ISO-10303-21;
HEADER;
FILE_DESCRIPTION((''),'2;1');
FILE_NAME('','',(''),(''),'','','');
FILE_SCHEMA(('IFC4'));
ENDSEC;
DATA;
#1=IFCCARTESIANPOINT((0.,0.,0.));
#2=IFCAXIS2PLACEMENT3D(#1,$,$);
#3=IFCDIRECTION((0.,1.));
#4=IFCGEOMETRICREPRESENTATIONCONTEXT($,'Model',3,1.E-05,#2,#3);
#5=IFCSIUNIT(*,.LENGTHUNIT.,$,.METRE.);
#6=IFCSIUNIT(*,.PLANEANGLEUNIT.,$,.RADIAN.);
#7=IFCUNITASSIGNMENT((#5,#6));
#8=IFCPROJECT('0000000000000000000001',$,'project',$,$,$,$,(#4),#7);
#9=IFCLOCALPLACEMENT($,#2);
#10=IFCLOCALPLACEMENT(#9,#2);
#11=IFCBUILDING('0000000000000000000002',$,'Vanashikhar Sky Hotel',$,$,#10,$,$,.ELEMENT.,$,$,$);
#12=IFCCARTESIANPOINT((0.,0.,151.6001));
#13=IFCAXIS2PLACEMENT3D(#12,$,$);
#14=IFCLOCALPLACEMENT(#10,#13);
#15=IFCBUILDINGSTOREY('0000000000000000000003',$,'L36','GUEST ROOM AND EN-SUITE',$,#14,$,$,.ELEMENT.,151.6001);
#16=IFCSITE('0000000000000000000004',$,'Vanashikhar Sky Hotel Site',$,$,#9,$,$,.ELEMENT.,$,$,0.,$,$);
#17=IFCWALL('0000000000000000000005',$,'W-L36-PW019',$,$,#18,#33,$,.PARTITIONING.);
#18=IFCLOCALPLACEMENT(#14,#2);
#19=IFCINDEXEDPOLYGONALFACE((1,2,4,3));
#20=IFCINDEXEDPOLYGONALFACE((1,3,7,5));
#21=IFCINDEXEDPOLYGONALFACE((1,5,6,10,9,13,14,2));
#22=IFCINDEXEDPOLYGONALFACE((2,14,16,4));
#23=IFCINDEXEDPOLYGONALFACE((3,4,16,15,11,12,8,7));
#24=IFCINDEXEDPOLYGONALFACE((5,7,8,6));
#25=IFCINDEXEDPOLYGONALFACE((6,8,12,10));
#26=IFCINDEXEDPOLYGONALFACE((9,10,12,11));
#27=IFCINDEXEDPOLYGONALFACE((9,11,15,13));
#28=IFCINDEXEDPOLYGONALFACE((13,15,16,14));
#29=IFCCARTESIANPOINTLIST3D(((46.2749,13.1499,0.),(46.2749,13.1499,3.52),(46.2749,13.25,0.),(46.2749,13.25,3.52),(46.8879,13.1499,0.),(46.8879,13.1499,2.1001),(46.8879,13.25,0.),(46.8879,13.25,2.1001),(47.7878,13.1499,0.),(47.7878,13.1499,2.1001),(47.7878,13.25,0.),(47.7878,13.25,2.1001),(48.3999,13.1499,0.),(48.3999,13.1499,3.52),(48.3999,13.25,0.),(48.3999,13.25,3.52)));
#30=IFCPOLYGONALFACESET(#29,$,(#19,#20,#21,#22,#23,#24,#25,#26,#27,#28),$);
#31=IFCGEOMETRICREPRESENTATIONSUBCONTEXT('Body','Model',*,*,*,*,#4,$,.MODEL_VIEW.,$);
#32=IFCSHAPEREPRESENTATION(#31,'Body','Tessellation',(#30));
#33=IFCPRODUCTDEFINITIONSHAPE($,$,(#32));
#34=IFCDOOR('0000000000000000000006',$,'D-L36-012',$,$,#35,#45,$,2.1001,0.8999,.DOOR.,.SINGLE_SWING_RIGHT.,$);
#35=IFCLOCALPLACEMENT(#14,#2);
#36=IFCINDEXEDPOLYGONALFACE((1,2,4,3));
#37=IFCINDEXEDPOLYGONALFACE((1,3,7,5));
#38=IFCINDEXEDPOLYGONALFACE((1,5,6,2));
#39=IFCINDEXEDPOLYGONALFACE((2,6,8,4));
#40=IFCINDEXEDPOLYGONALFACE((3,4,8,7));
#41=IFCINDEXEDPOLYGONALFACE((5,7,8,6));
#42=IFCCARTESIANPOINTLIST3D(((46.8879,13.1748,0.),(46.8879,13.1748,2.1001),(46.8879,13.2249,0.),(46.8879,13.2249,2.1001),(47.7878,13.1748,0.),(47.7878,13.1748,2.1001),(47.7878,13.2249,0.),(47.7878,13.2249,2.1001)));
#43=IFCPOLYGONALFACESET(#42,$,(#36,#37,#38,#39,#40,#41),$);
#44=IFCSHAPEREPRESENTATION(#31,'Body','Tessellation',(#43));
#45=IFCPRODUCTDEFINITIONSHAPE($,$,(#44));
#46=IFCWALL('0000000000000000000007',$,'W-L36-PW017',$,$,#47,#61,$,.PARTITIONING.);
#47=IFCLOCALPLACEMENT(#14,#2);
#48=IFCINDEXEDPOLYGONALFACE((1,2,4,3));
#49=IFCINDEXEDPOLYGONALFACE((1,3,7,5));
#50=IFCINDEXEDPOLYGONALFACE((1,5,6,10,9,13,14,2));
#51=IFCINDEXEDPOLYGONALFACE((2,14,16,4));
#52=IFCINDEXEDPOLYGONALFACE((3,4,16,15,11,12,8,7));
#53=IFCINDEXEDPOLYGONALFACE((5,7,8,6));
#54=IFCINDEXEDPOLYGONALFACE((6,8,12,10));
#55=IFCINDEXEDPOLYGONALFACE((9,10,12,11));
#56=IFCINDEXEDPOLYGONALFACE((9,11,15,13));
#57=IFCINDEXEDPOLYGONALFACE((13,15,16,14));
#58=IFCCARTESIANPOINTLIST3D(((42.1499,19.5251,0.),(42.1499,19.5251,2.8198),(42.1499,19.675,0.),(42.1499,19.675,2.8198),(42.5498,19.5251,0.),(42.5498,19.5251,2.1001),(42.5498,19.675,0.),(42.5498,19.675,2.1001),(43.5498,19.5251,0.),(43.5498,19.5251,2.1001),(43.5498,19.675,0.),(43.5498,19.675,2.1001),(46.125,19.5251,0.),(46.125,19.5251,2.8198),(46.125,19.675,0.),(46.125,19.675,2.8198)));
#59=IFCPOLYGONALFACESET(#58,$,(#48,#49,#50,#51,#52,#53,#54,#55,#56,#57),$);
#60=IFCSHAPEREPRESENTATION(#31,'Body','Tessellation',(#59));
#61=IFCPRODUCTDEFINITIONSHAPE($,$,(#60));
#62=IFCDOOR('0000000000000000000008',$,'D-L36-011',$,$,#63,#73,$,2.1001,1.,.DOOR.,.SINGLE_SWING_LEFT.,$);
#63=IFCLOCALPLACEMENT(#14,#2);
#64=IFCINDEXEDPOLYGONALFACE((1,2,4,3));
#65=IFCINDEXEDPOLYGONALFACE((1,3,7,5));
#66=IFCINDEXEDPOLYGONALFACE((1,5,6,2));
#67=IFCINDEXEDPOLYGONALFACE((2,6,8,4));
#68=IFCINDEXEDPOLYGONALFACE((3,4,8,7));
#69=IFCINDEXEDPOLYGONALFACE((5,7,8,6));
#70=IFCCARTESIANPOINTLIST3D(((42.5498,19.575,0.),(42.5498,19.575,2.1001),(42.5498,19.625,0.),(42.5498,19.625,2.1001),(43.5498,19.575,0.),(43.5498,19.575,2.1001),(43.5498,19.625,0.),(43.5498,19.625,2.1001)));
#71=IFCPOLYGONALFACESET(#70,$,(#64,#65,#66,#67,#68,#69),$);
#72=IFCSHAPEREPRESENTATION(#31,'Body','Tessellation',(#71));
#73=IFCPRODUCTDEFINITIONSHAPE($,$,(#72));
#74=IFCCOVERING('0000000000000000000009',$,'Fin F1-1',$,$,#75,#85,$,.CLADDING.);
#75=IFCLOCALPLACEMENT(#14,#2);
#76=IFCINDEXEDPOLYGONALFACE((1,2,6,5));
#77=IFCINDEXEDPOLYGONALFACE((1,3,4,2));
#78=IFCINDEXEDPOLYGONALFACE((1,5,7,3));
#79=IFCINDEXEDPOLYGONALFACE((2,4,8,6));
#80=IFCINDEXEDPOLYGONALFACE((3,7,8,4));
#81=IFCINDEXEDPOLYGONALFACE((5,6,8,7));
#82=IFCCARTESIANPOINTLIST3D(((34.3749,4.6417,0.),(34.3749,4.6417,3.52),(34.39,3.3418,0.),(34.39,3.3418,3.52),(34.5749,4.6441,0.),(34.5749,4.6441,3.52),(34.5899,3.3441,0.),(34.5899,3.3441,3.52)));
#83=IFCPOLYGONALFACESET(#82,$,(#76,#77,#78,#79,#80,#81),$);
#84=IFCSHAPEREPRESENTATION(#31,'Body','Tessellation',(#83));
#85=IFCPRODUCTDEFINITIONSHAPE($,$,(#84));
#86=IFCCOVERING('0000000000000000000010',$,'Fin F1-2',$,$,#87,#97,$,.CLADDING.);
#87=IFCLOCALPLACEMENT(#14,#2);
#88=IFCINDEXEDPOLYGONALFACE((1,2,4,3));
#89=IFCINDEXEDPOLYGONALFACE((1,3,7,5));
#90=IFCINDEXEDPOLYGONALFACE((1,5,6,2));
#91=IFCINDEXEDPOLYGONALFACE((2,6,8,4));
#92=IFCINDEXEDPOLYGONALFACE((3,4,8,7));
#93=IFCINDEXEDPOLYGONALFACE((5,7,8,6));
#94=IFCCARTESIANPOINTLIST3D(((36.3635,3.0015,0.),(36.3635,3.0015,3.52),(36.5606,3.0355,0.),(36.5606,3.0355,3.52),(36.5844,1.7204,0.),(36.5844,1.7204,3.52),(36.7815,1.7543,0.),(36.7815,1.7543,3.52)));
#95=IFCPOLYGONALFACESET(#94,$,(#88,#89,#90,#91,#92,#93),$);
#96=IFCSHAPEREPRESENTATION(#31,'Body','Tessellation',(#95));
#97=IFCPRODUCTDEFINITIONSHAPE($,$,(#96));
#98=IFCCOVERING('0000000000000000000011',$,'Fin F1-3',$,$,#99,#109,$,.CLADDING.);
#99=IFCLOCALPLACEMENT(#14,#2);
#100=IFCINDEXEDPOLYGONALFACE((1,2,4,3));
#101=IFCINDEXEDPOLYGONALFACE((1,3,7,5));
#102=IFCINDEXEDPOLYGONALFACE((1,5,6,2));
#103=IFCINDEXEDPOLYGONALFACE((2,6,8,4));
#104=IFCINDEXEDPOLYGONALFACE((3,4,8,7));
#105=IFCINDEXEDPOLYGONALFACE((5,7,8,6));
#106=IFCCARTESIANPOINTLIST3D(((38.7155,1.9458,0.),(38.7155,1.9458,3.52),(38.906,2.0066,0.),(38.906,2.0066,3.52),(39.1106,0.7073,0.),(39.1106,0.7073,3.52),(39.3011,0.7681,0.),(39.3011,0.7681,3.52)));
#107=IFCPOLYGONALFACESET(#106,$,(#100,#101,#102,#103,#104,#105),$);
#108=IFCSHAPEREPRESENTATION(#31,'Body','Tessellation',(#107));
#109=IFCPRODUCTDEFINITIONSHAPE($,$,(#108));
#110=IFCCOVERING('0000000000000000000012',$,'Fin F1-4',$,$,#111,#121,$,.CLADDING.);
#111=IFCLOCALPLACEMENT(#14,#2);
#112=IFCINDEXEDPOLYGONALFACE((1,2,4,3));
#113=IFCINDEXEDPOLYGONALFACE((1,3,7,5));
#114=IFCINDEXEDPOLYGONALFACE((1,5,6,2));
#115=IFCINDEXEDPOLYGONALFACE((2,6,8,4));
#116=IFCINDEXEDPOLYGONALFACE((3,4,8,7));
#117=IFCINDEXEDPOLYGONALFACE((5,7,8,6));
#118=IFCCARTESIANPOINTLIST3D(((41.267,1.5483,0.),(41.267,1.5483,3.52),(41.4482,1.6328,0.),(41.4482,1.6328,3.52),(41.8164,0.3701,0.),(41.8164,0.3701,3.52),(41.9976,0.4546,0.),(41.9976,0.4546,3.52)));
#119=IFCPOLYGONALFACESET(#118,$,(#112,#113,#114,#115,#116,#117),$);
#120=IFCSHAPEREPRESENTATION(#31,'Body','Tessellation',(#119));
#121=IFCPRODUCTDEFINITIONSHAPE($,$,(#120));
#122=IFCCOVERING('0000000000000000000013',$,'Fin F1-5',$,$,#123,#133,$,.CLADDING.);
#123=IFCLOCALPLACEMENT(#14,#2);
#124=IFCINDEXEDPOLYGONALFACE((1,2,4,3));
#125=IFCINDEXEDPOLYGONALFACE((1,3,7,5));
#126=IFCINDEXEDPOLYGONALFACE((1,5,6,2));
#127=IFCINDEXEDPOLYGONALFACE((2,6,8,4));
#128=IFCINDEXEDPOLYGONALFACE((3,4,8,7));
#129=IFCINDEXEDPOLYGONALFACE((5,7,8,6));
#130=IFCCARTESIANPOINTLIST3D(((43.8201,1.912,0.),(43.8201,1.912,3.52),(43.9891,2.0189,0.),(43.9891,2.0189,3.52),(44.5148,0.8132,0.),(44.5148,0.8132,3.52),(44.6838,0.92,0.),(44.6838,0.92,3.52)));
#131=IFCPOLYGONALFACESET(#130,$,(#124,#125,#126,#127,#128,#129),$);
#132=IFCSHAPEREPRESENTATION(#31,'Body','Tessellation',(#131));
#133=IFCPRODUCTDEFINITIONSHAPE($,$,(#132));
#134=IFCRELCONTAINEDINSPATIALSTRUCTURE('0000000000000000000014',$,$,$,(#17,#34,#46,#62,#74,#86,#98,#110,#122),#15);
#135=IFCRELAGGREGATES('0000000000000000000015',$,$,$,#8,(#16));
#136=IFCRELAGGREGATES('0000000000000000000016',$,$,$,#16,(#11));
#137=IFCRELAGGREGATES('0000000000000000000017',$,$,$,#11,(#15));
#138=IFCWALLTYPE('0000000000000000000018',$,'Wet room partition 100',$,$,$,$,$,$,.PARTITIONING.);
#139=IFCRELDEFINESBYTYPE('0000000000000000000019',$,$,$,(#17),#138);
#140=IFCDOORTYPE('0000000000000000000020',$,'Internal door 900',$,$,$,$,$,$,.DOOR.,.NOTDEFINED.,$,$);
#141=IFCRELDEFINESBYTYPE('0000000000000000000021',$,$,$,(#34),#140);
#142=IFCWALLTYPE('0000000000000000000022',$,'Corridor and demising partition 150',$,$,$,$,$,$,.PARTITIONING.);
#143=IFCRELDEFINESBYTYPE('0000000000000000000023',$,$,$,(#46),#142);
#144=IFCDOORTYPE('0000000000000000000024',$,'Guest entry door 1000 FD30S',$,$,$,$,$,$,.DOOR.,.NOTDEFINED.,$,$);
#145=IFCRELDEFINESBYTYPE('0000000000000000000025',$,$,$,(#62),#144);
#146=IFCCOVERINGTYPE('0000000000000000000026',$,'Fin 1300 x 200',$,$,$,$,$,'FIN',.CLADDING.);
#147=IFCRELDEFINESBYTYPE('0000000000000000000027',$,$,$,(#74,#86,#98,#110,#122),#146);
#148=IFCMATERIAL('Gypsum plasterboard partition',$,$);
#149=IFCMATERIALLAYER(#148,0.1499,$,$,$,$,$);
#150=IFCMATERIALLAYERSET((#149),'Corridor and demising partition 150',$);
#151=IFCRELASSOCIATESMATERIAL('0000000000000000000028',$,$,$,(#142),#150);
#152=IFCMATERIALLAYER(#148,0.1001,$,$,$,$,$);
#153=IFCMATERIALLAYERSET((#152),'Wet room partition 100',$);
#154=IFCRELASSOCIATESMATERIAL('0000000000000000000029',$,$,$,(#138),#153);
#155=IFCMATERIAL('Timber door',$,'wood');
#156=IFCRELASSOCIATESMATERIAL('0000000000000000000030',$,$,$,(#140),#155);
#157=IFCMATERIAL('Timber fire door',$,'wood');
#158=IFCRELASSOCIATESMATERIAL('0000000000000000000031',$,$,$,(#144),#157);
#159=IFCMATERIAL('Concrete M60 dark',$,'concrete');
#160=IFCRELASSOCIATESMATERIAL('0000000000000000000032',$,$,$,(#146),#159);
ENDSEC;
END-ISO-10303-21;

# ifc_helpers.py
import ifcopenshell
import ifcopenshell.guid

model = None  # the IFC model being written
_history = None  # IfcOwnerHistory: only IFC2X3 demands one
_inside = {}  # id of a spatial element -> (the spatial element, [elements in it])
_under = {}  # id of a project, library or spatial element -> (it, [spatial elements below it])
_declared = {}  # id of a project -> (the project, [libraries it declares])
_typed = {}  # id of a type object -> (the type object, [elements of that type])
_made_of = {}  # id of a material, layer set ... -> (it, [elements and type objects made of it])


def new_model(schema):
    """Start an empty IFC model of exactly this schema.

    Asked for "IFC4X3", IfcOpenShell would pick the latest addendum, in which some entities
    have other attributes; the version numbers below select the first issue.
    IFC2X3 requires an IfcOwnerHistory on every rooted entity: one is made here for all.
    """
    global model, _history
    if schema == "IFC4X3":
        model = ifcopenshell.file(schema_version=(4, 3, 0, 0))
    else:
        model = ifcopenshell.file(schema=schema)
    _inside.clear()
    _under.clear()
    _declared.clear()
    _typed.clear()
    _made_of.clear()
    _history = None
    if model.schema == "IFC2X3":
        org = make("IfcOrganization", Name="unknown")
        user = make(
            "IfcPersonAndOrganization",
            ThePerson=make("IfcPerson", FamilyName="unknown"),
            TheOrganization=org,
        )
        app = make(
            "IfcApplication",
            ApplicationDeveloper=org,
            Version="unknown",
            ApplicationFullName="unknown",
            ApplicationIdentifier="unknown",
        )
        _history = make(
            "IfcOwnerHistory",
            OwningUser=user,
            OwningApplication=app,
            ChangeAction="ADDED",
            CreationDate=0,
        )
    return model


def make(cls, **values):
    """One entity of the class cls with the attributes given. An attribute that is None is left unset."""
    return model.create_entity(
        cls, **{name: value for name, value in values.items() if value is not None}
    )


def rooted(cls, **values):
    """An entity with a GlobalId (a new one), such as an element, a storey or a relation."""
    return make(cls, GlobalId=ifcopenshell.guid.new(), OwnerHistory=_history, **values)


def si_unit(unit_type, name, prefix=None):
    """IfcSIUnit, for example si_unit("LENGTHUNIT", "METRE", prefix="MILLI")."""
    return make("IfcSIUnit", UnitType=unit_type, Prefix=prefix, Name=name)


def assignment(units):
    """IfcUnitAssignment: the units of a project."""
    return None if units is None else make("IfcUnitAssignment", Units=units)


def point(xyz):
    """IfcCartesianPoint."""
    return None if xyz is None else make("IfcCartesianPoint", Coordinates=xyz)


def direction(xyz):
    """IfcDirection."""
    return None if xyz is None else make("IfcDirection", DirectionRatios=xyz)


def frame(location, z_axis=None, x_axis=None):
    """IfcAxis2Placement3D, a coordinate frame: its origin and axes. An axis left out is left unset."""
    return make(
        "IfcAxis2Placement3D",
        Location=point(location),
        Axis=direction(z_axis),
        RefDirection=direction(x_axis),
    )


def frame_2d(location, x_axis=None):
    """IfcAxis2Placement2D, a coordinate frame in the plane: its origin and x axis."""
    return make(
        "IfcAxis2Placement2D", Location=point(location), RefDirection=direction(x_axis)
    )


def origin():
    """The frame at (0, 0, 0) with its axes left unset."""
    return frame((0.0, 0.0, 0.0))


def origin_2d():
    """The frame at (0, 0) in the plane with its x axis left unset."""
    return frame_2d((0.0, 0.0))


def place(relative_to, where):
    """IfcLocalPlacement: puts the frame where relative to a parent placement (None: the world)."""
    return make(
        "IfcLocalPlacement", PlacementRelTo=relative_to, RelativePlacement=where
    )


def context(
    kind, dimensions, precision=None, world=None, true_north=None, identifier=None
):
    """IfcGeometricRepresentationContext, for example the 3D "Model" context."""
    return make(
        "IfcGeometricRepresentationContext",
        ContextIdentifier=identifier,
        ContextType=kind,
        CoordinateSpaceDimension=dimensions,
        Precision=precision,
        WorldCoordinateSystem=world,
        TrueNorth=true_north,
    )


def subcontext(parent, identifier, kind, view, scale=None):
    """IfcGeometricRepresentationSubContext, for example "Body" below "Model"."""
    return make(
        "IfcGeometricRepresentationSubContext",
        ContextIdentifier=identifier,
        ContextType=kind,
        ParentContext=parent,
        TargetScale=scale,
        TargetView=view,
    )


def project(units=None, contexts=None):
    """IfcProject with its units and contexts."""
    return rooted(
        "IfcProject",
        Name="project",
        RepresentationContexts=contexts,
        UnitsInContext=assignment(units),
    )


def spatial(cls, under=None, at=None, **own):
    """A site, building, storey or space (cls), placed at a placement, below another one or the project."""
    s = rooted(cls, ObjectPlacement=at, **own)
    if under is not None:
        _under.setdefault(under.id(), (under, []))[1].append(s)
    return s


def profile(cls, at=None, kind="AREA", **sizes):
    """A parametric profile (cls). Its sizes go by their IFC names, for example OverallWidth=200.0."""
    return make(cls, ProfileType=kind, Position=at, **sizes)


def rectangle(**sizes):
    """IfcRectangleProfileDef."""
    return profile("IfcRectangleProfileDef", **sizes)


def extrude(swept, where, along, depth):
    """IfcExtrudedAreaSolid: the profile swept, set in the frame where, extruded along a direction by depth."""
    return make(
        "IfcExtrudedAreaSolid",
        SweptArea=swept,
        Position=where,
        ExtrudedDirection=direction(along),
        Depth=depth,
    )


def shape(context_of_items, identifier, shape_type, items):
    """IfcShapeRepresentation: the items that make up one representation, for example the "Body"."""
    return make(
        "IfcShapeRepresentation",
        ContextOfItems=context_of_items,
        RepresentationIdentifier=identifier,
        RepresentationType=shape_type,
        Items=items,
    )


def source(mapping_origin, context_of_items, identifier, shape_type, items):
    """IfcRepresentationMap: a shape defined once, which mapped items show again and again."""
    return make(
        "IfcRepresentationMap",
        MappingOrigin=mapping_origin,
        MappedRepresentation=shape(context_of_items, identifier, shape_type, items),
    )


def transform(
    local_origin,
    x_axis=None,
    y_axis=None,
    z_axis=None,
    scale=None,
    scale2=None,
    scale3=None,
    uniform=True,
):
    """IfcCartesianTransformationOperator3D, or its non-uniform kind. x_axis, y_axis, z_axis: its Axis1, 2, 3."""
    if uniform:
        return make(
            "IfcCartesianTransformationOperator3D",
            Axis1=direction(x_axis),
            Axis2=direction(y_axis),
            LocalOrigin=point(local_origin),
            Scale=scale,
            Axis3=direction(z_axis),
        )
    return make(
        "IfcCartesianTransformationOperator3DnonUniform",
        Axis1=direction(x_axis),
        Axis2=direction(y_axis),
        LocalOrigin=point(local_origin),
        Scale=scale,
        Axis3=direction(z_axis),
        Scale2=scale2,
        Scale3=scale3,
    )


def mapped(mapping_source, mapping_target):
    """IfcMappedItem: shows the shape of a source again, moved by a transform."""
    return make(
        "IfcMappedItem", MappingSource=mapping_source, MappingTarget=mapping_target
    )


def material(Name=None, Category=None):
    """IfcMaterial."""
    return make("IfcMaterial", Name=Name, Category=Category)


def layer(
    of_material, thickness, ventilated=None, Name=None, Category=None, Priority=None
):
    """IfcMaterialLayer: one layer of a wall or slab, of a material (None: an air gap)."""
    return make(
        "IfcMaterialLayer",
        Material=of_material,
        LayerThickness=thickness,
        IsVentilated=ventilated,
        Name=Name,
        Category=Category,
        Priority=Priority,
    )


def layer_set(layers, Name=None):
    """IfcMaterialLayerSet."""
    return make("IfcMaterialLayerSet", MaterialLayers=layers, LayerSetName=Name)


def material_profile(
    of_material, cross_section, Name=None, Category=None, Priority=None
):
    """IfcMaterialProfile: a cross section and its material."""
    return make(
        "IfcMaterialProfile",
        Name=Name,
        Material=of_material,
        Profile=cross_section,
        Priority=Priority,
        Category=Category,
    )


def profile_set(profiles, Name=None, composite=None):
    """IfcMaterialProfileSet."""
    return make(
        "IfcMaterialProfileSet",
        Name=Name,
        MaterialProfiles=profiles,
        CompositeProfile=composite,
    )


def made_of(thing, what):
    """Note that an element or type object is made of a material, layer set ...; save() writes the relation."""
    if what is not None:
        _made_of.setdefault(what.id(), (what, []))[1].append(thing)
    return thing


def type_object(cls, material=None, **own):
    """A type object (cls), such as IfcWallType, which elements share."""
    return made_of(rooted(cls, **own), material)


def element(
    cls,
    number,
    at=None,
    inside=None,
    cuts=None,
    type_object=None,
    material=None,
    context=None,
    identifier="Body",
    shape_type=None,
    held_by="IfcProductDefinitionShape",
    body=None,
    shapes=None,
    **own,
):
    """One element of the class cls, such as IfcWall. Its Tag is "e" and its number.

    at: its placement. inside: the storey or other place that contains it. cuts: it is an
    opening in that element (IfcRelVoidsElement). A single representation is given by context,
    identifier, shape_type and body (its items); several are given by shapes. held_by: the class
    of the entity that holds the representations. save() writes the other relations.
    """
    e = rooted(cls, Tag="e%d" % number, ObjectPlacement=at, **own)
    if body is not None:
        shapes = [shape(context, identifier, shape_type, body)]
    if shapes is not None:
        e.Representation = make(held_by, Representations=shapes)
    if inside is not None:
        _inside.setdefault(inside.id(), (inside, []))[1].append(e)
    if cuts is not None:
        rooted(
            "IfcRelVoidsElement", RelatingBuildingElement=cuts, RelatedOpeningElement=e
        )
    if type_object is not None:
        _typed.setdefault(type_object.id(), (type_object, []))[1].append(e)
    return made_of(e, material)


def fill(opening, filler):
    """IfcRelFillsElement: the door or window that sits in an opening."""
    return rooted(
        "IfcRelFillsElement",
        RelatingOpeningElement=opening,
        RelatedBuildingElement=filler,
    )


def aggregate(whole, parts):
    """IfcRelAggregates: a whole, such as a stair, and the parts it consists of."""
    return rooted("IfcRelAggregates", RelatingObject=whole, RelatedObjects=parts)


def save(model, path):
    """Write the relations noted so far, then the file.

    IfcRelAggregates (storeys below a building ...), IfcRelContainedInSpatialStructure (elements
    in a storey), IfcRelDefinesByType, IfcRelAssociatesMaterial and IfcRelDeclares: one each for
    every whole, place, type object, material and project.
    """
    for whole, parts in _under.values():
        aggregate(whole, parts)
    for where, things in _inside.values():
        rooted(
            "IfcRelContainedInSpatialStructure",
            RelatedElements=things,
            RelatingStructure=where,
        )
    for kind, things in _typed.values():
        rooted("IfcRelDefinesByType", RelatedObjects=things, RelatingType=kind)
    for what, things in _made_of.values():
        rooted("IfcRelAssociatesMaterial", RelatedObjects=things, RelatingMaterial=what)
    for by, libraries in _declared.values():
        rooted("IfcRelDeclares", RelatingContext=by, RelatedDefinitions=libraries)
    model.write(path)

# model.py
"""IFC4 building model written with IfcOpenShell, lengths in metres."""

from ifc_helpers import new_model, si_unit, direction, frame, frame_2d, origin, origin_2d, place, context, subcontext, project, spatial, rectangle, extrude, source, transform, mapped, material, layer, layer_set, material_profile, profile_set, type_object, element, fill, save


model = new_model("IFC4")

# Units and contexts
model_context = context("Model", 3, precision=1e-05, world=origin(), true_north=direction((0.0, 1.0)))
body_context = subcontext(model_context, "Body", "Model", "MODEL_VIEW")
ifc_project = project(units=[si_unit("LENGTHUNIT", "METRE"), si_unit("PLANEANGLEUNIT", "RADIAN")], contexts=[model_context])

# Site, building, storey
site_placement = place(None, origin())
site = spatial("IfcSite", under=ifc_project, at=site_placement, Name="Vanashikhar Sky Hotel Site", CompositionType="ELEMENT", RefElevation=0.0)
building_placement = place(site_placement, origin())
building = spatial("IfcBuilding", under=site, at=building_placement, Name="Vanashikhar Sky Hotel", CompositionType="ELEMENT")
storey_placement = place(building_placement, frame((0.0, 0.0, 151.6001)))
storey = spatial("IfcBuildingStorey", under=building, at=storey_placement, Name="L36", Description="GUEST ROOM AND EN-SUITE", CompositionType="ELEMENT", Elevation=151.6001)

# Shared definitions
ifc_material_1 = material(Name="Gypsum plasterboard partition")
ifc_layer_1 = layer(ifc_material_1, 0.1499)
ifc_layer_set_1 = layer_set([ifc_layer_1], Name="Corridor and demising partition 150")
wall_type_1 = type_object("IfcWallType", Name="Corridor and demising partition 150", PredefinedType="PARTITIONING", material=ifc_layer_set_1)
ifc_layer_2 = layer(ifc_material_1, 0.1001)
ifc_layer_set_2 = layer_set([ifc_layer_2], Name="Wet room partition 100")
wall_type_2 = type_object("IfcWallType", Name="Wet room partition 100", PredefinedType="PARTITIONING", material=ifc_layer_set_2)

# Walls, openings, doors
shared_shape_1 = source(origin(), body_context, "Body", "SweptSolid", [
    extrude(rectangle(XDim=2.125, YDim=0.1001, at=frame_2d((1.0625, 0.0))), origin(), (0.0, 0.0, 1.0), 3.52),
])
shared_shape_2 = source(origin(), body_context, "Body", "SweptSolid", [
    extrude(rectangle(XDim=0.8999, YDim=2.1001, at=frame_2d((0.45, 1.05))), frame((0.0, 0.0601, 0.0), z_axis=(0.0, -1.0, 0.0), x_axis=(1.0, 0.0, 0.0)), (0.0, 0.0, 1.0), 0.1201),
])
ifc_material_2 = material(Name="Timber door", Category="wood")
door_type_1 = type_object("IfcDoorType", Name="Internal door 900", OperationType="NOTDEFINED", PredefinedType="DOOR", material=ifc_material_2)
shared_shape_3 = source(origin(), body_context, "Body", "SweptSolid", [
    extrude(rectangle(XDim=0.8999, YDim=2.1001, at=frame_2d((0.45, 1.05))), frame((0.0, 0.0249, 0.0), z_axis=(0.0, -1.0, 0.0), x_axis=(1.0, 0.0, 0.0)), (0.0, 0.0, 1.0), 0.05),
])
wall_1_placement = place(storey_placement, frame((46.2749, 13.2, 0.0), z_axis=(0.0, 0.0, 1.0), x_axis=(1.0, 0.0, 0.0)))
wall_1 = element("IfcWall", 1, at=wall_1_placement, inside=storey, type_object=wall_type_2, Name="W-L36-PW019", PredefinedType="PARTITIONING", context=body_context, shape_type="MappedRepresentation", body=[
    mapped(shared_shape_1, transform((0.0, 0.0, 0.0), scale=1.0)),
])
opening_1_placement = place(wall_1_placement, frame((0.613, 0.0, 0.0)))
opening_1 = element("IfcOpeningElement", 2, at=opening_1_placement, cuts=wall_1, PredefinedType="OPENING", context=body_context, shape_type="MappedRepresentation", body=[
    mapped(shared_shape_2, transform((0.0, 0.0, 0.0), scale=1.0)),
])
door_1_placement = place(opening_1_placement, origin())
door_1 = element("IfcDoor", 3, at=door_1_placement, inside=storey, type_object=door_type_1, Name="D-L36-012", OperationType="SINGLE_SWING_RIGHT", OverallHeight=2.1001, OverallWidth=0.8999, PredefinedType="DOOR", context=body_context, shape_type="MappedRepresentation", body=[
    mapped(shared_shape_3, transform((0.0, 0.0, 0.0), scale=1.0)),
])
fill(opening_1, door_1)
shared_shape_4 = source(origin(), body_context, "Body", "SweptSolid", [
    extrude(rectangle(XDim=3.9751, YDim=0.1499, at=frame_2d((1.9875, 0.0))), origin(), (0.0, 0.0, 1.0), 2.8198),
])
wall_2_placement = place(storey_placement, frame((42.1499, 19.6001, 0.0), z_axis=(0.0, 0.0, 1.0), x_axis=(1.0, 0.0, 0.0)))
wall_2 = element("IfcWall", 4, at=wall_2_placement, inside=storey, type_object=wall_type_1, Name="W-L36-PW017", PredefinedType="PARTITIONING", context=body_context, shape_type="MappedRepresentation", body=[
    mapped(shared_shape_4, transform((0.0, 0.0, 0.0), scale=1.0)),
])
shared_shape_5 = source(origin(), body_context, "Body", "SweptSolid", [
    extrude(rectangle(XDim=1.0, YDim=2.1001, at=frame_2d((0.5, 1.05))), frame((0.0, 0.085, 0.0), z_axis=(0.0, -1.0, 0.0), x_axis=(1.0, 0.0, 0.0)), (0.0, 0.0, 1.0), 0.1699),
])
opening_2_placement = place(wall_2_placement, frame((0.3999, 0.0, 0.0)))
opening_2 = element("IfcOpeningElement", 5, at=opening_2_placement, cuts=wall_2, PredefinedType="OPENING", context=body_context, shape_type="MappedRepresentation", body=[
    mapped(shared_shape_5, transform((0.0, 0.0, 0.0), scale=1.0)),
])
ifc_material_3 = material(Name="Timber fire door", Category="wood")
door_type_2 = type_object("IfcDoorType", Name="Guest entry door 1000 FD30S", OperationType="NOTDEFINED", PredefinedType="DOOR", material=ifc_material_3)
shared_shape_6 = source(origin(), body_context, "Body", "SweptSolid", [
    extrude(rectangle(XDim=1.0, YDim=2.1001, at=frame_2d((0.5, 1.05))), frame((0.0, 0.0249, 0.0), z_axis=(0.0, -1.0, 0.0), x_axis=(1.0, 0.0, 0.0)), (0.0, 0.0, 1.0), 0.05),
])
door_2_placement = place(opening_2_placement, origin())
door_2 = element("IfcDoor", 6, at=door_2_placement, inside=storey, type_object=door_type_2, Name="D-L36-011", OperationType="SINGLE_SWING_LEFT", OverallHeight=2.1001, OverallWidth=1.0, PredefinedType="DOOR", context=body_context, shape_type="MappedRepresentation", body=[
    mapped(shared_shape_6, transform((0.0, 0.0, 0.0), scale=1.0)),
])
fill(opening_2, door_2)

# Coverings
ifc_material_4 = material(Name="Concrete M60 dark", Category="concrete")
ifc_material_profile_1 = material_profile(ifc_material_4, rectangle(XDim=1.3, YDim=0.2, at=origin_2d()))
ifc_profile_set_1 = profile_set([ifc_material_profile_1], Name="Fin 1300 x 200")
covering_type = type_object("IfcCoveringType", Name="Fin 1300 x 200", ElementType="FIN", PredefinedType="CLADDING", material=ifc_profile_set_1)
shared_shape_7 = source(origin(), body_context, "Body", "SweptSolid", [
    extrude(rectangle(XDim=1.3, YDim=0.2, at=origin_2d()), origin(), (0.0, 0.0, 1.0), 3.52),
])
for number, where, z_axis, x_axis, name in (
    (7, (34.4824, 3.9929, 0.0), (0.0, 0.0, 1.0), (0.011589, -0.999933, 0.0), "Fin F1-1"),
    (8, (36.5725, 2.3779, 0.0), (0.0, 0.0, 1.0), (0.1699, -0.985461, 0.0), "Fin F1-2"),
    (9, (39.0083, 1.3569, 0.0), (0.0, 0.0, 1.0), (0.303967, -0.952683, 0.0), "Fin F1-3"),
    (10, (41.6323, 1.0015, 0.0), (0.0, 0.0, 1.0), (0.422618, -0.906308, 0.0), "Fin F1-4"),
    (11, (44.252, 1.416, 0.0), (0.0, 0.0, 1.0), (0.534411, -0.845225, 0.0), "Fin F1-5"),
):
    element("IfcCovering", number, at=place(storey_placement, frame(where, z_axis=z_axis, x_axis=x_axis)), inside=storey, type_object=covering_type, Name=name, PredefinedType="CLADDING", context=body_context, shape_type="MappedRepresentation", body=[
        mapped(shared_shape_7, transform((0.0, 0.0, 0.0), scale=1.0)),
    ])

save(model, "model.ifc")
